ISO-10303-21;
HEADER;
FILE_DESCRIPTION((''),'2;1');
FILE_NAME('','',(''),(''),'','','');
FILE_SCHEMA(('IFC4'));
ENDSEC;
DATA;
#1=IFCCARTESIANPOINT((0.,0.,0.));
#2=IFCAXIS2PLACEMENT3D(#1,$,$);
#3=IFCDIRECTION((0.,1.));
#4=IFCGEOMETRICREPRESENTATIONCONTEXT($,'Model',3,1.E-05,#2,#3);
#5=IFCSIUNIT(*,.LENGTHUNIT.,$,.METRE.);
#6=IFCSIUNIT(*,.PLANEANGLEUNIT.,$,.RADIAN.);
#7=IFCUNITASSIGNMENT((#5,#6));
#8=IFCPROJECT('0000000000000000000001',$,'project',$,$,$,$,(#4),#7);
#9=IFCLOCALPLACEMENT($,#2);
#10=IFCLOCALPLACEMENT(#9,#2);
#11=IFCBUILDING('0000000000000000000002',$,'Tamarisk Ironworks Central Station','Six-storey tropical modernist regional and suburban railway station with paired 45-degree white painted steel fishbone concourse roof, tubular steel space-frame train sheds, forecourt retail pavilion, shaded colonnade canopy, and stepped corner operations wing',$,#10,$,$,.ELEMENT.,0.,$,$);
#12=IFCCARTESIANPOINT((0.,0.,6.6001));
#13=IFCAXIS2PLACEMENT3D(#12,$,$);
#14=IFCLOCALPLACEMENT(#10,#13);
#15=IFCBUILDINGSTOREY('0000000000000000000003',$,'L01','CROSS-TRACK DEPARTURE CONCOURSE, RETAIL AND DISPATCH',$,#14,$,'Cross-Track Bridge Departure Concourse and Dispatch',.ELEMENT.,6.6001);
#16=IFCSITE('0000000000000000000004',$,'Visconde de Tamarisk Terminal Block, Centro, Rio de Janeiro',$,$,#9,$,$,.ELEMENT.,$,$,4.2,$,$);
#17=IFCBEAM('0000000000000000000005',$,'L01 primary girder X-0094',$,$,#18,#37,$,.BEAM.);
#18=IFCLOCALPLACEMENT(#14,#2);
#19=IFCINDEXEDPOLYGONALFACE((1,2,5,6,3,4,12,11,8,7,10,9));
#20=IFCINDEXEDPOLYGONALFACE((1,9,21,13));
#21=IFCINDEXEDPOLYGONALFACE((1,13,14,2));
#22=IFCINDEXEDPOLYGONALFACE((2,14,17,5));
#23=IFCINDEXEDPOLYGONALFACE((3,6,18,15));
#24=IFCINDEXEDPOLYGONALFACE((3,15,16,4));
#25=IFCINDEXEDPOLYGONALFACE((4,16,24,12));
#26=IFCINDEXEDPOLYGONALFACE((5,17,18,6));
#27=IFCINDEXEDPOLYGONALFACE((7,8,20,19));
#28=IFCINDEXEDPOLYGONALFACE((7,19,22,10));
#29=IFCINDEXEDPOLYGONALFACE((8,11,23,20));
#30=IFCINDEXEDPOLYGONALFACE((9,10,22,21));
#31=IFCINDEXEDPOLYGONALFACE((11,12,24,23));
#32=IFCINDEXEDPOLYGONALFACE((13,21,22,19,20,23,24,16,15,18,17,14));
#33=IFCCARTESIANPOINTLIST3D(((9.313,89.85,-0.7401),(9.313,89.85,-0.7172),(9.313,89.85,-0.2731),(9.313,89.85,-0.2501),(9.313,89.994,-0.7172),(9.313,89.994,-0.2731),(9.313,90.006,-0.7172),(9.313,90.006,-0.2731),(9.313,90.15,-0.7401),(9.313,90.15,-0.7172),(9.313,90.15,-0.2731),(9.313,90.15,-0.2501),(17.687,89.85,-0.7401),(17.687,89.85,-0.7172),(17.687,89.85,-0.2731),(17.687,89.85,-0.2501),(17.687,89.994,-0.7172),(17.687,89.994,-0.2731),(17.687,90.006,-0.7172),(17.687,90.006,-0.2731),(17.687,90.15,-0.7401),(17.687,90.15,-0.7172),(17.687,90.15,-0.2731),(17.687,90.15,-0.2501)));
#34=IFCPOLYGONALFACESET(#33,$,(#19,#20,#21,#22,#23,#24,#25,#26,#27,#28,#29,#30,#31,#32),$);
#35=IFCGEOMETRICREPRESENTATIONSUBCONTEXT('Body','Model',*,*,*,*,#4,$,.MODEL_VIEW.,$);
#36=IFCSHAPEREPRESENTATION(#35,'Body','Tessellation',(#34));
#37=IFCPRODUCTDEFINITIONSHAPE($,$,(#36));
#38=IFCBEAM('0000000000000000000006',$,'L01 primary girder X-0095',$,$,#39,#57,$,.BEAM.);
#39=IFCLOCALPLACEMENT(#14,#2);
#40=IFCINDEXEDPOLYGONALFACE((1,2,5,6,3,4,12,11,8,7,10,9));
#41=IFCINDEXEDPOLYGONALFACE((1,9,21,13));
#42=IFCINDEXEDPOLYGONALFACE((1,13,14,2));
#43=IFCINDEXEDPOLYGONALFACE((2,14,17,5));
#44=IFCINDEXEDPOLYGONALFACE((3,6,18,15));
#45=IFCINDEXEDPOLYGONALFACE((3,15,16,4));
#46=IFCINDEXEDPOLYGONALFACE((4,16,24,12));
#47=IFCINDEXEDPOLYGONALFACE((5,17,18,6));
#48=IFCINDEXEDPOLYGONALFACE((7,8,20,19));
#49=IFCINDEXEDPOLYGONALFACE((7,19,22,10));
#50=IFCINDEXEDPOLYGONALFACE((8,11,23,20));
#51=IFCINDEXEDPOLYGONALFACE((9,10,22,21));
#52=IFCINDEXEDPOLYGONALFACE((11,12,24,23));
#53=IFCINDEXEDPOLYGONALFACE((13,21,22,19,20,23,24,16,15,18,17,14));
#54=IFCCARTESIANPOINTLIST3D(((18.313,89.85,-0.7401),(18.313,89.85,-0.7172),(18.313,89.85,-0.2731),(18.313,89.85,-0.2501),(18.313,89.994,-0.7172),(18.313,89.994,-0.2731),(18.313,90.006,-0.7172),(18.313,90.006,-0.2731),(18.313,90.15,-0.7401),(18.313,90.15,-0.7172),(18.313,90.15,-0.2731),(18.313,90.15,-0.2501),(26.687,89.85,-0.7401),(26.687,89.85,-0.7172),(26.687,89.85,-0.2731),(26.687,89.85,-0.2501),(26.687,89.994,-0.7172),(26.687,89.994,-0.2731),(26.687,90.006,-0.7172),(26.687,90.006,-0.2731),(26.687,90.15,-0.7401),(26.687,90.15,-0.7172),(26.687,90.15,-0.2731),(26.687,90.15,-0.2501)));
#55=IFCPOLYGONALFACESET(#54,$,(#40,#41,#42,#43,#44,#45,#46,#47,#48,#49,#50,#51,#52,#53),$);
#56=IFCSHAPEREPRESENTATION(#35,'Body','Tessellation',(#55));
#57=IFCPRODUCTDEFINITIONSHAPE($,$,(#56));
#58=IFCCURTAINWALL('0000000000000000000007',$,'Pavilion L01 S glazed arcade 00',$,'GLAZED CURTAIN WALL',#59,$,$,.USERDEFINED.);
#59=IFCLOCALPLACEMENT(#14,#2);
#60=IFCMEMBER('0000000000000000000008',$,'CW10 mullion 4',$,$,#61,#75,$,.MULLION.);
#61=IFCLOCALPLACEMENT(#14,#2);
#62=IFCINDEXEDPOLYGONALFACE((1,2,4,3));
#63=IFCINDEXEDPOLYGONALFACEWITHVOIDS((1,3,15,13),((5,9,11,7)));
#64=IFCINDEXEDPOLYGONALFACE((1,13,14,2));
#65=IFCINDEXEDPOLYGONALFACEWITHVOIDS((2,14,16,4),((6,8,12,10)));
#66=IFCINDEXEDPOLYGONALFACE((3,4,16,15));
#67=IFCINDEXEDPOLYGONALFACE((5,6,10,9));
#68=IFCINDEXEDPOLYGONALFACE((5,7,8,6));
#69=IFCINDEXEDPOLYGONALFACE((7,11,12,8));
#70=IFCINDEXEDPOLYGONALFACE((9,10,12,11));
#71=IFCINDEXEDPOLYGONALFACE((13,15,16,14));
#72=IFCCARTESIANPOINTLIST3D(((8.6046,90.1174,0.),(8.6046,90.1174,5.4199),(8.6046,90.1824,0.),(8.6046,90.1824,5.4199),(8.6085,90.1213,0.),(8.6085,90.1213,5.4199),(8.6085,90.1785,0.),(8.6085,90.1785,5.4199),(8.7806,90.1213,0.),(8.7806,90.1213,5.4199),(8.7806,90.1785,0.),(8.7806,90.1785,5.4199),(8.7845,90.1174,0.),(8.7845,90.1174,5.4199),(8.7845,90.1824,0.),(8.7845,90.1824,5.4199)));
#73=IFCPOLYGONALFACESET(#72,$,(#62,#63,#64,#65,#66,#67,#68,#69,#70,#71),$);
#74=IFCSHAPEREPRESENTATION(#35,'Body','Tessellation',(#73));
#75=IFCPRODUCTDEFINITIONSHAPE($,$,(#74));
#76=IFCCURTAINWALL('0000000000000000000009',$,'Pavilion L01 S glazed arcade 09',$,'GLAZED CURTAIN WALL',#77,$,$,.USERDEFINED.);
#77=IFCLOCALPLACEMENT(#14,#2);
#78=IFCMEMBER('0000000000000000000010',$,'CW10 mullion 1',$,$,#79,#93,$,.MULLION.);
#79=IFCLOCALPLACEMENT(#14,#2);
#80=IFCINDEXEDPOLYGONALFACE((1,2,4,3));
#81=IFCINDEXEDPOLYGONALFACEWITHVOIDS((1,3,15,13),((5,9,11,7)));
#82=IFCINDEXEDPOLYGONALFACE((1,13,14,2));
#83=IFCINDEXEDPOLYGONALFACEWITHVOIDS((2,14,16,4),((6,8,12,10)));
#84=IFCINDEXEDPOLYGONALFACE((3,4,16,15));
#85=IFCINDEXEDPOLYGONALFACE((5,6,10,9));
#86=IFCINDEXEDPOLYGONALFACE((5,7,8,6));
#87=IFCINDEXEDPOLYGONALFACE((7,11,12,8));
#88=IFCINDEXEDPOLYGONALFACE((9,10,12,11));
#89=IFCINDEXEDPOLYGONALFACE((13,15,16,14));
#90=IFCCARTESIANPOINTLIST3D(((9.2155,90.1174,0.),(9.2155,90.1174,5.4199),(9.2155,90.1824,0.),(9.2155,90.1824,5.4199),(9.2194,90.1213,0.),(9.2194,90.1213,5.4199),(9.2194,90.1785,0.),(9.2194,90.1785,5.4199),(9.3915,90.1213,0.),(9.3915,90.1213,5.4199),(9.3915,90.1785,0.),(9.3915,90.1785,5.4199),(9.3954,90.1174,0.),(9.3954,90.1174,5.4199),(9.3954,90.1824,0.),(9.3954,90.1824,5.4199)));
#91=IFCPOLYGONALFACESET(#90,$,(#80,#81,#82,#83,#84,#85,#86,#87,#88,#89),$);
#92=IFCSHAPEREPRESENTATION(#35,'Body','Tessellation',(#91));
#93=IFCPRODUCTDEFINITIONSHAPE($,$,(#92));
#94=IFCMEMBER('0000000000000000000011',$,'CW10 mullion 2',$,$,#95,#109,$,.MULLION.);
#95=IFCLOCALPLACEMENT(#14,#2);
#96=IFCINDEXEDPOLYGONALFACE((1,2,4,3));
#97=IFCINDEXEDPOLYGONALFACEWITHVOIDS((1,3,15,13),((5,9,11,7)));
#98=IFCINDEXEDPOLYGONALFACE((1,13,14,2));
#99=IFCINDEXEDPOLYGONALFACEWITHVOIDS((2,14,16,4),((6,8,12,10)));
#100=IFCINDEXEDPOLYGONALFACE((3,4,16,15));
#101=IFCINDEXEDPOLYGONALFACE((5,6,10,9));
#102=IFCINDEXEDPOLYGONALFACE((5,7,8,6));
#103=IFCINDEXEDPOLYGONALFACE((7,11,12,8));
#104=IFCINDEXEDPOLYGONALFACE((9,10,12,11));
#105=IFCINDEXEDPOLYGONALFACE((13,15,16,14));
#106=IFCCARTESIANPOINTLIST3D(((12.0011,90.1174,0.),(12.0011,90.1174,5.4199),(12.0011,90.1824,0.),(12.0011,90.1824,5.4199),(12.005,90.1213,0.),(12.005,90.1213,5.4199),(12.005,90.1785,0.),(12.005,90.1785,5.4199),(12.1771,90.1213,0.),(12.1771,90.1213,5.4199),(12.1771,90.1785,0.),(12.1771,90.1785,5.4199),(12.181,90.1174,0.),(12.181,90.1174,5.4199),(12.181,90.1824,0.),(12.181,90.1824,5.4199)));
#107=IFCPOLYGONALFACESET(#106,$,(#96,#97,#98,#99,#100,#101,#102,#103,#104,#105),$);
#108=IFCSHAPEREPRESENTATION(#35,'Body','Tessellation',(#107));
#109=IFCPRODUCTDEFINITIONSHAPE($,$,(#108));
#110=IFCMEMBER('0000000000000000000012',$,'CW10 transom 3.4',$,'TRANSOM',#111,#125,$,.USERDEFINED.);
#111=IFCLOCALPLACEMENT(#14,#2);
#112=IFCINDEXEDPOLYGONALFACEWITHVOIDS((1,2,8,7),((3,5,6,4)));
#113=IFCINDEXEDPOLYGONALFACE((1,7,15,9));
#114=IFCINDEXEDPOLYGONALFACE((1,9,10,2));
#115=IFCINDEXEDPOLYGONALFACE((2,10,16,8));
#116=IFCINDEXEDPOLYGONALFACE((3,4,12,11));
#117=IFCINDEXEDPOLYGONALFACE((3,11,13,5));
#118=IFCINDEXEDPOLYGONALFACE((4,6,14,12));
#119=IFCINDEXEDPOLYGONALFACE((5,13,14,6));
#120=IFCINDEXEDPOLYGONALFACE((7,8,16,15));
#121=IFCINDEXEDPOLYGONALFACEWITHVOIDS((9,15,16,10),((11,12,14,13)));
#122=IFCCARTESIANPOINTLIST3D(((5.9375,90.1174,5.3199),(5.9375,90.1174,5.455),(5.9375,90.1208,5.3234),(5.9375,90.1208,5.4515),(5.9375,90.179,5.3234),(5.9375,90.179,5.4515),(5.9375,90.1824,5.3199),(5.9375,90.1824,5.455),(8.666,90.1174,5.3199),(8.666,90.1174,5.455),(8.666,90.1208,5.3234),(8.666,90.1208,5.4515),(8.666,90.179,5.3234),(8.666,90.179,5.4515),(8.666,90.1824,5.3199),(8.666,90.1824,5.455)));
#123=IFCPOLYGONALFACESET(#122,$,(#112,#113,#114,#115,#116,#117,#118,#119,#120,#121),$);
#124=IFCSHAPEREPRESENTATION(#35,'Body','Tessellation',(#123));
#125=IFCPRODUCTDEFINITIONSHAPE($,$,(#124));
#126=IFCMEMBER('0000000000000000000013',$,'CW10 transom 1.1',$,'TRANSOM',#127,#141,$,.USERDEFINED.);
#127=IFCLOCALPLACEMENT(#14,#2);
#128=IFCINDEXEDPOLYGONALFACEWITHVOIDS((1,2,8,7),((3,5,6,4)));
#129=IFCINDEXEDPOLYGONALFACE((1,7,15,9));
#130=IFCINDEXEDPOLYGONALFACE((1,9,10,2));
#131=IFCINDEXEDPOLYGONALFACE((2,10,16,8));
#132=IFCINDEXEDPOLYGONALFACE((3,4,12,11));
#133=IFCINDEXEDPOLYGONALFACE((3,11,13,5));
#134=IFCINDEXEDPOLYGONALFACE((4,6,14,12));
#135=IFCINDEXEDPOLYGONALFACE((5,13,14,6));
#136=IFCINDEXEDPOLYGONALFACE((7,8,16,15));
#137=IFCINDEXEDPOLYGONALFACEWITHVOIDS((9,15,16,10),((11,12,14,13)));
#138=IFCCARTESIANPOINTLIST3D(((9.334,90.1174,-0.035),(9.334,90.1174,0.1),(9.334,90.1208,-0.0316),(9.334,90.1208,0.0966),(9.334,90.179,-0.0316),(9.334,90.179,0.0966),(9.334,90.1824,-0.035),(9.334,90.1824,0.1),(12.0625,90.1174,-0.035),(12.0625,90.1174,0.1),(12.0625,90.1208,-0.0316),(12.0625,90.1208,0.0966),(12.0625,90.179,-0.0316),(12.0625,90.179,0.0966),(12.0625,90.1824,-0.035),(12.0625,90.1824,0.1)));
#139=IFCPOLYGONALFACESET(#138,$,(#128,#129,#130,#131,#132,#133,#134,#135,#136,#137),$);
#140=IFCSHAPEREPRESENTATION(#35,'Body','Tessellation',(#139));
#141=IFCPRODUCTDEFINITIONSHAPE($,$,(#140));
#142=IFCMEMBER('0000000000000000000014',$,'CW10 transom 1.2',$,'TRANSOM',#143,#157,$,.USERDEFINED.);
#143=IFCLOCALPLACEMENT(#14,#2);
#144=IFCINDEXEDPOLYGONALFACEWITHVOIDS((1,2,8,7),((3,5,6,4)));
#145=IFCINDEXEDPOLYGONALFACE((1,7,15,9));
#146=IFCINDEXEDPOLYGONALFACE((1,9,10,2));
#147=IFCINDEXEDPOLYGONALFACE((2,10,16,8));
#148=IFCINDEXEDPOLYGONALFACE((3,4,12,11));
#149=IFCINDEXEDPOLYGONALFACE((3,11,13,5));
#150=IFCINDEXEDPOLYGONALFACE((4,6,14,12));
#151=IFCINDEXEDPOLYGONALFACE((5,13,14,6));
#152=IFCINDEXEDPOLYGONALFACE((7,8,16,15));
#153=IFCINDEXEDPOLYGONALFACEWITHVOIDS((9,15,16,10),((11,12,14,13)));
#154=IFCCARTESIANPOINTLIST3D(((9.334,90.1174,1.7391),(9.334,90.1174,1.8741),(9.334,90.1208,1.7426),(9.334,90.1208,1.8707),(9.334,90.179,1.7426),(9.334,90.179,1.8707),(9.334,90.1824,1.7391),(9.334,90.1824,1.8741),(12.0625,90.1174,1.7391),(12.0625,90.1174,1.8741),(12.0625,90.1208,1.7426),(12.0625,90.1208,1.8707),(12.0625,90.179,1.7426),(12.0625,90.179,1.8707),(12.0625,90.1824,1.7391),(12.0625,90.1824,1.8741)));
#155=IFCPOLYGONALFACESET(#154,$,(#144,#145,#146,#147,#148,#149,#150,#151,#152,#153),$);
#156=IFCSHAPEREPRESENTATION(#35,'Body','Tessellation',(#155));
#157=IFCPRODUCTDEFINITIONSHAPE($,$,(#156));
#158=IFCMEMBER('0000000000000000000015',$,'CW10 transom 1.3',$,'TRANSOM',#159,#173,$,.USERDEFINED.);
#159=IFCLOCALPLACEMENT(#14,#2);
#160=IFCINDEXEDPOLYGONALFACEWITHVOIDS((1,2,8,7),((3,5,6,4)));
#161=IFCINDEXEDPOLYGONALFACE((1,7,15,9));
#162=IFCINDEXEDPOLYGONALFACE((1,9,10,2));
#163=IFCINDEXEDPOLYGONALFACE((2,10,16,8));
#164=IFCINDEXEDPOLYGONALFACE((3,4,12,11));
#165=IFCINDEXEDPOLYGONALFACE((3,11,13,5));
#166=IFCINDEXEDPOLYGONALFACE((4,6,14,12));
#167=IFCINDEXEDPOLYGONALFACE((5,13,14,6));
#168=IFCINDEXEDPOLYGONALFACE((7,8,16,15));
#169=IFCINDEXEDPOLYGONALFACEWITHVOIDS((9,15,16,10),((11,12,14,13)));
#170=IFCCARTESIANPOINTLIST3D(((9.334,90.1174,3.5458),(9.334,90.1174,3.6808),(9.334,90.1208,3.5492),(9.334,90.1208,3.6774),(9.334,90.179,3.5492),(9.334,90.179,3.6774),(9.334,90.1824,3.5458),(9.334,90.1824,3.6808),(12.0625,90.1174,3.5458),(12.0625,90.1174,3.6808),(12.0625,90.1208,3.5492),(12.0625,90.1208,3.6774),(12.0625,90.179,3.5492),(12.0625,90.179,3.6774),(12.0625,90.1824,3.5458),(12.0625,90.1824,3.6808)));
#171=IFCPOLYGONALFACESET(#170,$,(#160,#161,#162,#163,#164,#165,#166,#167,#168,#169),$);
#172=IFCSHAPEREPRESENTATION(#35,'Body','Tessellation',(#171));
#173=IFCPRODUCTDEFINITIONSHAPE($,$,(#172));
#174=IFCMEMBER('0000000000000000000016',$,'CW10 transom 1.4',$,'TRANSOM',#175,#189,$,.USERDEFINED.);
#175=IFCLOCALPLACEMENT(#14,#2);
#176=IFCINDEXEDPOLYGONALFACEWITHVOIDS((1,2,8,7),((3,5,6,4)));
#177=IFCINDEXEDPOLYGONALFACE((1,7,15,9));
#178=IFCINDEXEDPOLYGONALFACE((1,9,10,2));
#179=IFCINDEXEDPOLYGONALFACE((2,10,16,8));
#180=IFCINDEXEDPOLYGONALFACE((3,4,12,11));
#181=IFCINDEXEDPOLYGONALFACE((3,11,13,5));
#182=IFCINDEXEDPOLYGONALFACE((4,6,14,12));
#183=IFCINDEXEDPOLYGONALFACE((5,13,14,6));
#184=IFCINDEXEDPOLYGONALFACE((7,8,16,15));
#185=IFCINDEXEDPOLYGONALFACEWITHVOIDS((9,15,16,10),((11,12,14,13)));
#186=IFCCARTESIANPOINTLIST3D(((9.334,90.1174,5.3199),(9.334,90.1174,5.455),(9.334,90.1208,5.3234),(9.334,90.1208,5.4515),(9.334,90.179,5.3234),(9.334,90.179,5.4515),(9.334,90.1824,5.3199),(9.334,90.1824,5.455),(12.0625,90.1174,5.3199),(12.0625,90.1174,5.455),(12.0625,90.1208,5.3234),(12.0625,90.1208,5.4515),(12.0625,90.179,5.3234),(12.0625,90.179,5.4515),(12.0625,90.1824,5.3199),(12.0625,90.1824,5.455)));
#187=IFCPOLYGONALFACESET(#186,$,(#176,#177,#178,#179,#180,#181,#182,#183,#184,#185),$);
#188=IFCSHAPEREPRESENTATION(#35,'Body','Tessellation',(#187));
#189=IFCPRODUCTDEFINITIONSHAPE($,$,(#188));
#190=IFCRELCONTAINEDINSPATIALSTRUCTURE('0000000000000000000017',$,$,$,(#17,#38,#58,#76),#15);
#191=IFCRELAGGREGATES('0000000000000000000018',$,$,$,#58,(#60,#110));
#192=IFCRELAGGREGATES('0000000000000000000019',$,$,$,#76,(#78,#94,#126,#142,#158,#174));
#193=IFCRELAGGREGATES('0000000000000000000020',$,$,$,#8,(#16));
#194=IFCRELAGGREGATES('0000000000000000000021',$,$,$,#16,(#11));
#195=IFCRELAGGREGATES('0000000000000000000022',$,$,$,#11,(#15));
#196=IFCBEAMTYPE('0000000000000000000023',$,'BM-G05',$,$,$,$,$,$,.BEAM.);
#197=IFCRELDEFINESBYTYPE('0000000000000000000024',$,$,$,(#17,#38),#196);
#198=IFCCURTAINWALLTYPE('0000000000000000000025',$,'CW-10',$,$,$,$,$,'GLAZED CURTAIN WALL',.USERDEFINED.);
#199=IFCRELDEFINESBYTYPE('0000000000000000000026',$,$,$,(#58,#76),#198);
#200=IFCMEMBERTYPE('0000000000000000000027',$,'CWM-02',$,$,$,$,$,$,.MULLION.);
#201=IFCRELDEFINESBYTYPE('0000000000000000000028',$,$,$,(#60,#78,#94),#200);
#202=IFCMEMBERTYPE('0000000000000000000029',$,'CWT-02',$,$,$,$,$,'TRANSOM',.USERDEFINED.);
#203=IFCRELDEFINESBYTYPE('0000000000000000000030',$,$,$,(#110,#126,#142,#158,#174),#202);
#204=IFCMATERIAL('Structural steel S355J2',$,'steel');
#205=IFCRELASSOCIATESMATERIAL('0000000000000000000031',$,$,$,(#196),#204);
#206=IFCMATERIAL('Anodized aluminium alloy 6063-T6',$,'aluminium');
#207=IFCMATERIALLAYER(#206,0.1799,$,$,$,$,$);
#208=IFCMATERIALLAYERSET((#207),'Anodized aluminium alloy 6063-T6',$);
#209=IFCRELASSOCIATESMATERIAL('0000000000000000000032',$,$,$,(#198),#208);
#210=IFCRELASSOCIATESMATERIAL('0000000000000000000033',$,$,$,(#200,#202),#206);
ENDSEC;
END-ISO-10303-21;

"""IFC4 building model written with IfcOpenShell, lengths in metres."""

from ifc_helpers import new_model, si_unit, direction, frame, origin, origin_2d, place, context, subcontext, project, spatial, hollow_rectangle, i_section, extrude, material, layer, layer_set, material_profile, profile_set, type_object, element, aggregate, save


model = new_model("IFC4")

# Units and contexts
model_context = context("Model", 3, precision=1e-05, world=origin(), true_north=direction((0.0, 1.0)))
body_context = subcontext(model_context, "Body", "Model", "MODEL_VIEW")
ifc_project = project(units=[si_unit("LENGTHUNIT", "METRE"), si_unit("PLANEANGLEUNIT", "RADIAN")], contexts=[model_context])

# Site, building, storey
site_placement = place(None, origin())
site = spatial("IfcSite", under=ifc_project, at=site_placement, Name="Visconde de Tamarisk Terminal Block, Centro, Rio de Janeiro", CompositionType="ELEMENT", RefElevation=4.2)
building_placement = place(site_placement, origin())
building = spatial("IfcBuilding", under=site, at=building_placement, Name="Tamarisk Ironworks Central Station", Description="Six-storey tropical modernist regional and suburban railway station with paired 45-degree white painted steel fishbone concourse roof, tubular steel space-frame train sheds, forecourt retail pavilion, shaded colonnade canopy, and stepped corner operations wing", CompositionType="ELEMENT", ElevationOfRefHeight=0.0)
storey_placement = place(building_placement, frame((0.0, 0.0, 6.6001)))
storey = spatial("IfcBuildingStorey", under=building, at=storey_placement, Name="L01", Description="CROSS-TRACK DEPARTURE CONCOURSE, RETAIL AND DISPATCH", LongName="Cross-Track Bridge Departure Concourse and Dispatch", CompositionType="ELEMENT", Elevation=6.6001)

# Beams
ifc_material_1 = material(Name="Structural steel S355J2", Category="steel")
ifc_material_profile_1 = material_profile(ifc_material_1, i_section(OverallWidth=0.3, OverallDepth=0.49, WebThickness=0.012, FlangeThickness=0.0229, at=origin_2d()), Name="HEA 500")
ifc_profile_set_1 = profile_set([ifc_material_profile_1], Name="Structural steel S355J2")
beam_type = type_object("IfcBeamType", Name="BM-G05", PredefinedType="BEAM", material=ifc_profile_set_1)
for number, where, z_axis, x_axis, name in (
    (1, (9.313, 90.0, -0.4951), (1.0, 0.0, 0.0), (0.0, 1.0, 0.0), "L01 primary girder X-0094"),
    (2, (18.313, 90.0, -0.4951), (1.0, 0.0, 0.0), (0.0, 1.0, 0.0), "L01 primary girder X-0095"),
):
    element("IfcBeam", number, at=place(storey_placement, frame(where, z_axis=z_axis, x_axis=x_axis)), inside=storey, type_object=beam_type, Name=name, PredefinedType="BEAM", context=body_context, shape_type="SweptSolid", body=[
        extrude(i_section(OverallWidth=0.3, OverallDepth=0.49, WebThickness=0.012, FlangeThickness=0.0229, at=origin_2d()), origin(), (0.0, 0.0, 1.0), 8.374),
    ])

# Curtain wall, member
ifc_material_2 = material(Name="Anodized aluminium alloy 6063-T6", Category="aluminium")
ifc_layer_1 = layer(ifc_material_2, 0.1799)
ifc_layer_set_1 = layer_set([ifc_layer_1], Name="Anodized aluminium alloy 6063-T6")
curtain_wall_type = type_object("IfcCurtainWallType", Name="CW-10", ElementType="GLAZED CURTAIN WALL", PredefinedType="USERDEFINED", material=ifc_layer_set_1)
curtain_wall_1_placement = place(storey_placement, origin())
curtain_wall_1 = element("IfcCurtainWall", 3, at=curtain_wall_1_placement, inside=storey, type_object=curtain_wall_type, Name="Pavilion L01 S glazed arcade 00", ObjectType="GLAZED CURTAIN WALL", PredefinedType="USERDEFINED")
ifc_material_profile_2 = material_profile(ifc_material_2, hollow_rectangle(XDim=0.0649, YDim=0.1799, WallThickness=0.0039, at=origin_2d()), Name="ALUM 180x65")
ifc_profile_set_2 = profile_set([ifc_material_profile_2], Name="Anodized aluminium alloy 6063-T6")
member_type_1 = type_object("IfcMemberType", Name="CWM-02", PredefinedType="MULLION", material=ifc_profile_set_2)
member_1_placement = place(storey_placement, frame((8.6946, 90.1499, 0.0), z_axis=(0.0, 0.0, 1.0), x_axis=(0.0, 1.0, 0.0)))
member_1 = element("IfcMember", 4, at=member_1_placement, type_object=member_type_1, Name="CW10 mullion 4", PredefinedType="MULLION", context=body_context, shape_type="SweptSolid", body=[
    extrude(hollow_rectangle(XDim=0.0649, YDim=0.1799, WallThickness=0.0039, at=origin_2d()), origin(), (0.0, 0.0, 1.0), 5.4199),
])

# Curtain wall, members
curtain_wall_2_placement = place(storey_placement, origin())
curtain_wall_2 = element("IfcCurtainWall", 5, at=curtain_wall_2_placement, inside=storey, type_object=curtain_wall_type, Name="Pavilion L01 S glazed arcade 09", ObjectType="GLAZED CURTAIN WALL", PredefinedType="USERDEFINED")
member_2_placement = place(storey_placement, frame((9.3054, 90.1499, 0.0), z_axis=(0.0, 0.0, 1.0), x_axis=(0.0, 1.0, 0.0)))
member_2 = element("IfcMember", 6, at=member_2_placement, type_object=member_type_1, Name="CW10 mullion 1", PredefinedType="MULLION", context=body_context, shape_type="SweptSolid", body=[
    extrude(hollow_rectangle(XDim=0.0649, YDim=0.1799, WallThickness=0.0039, at=origin_2d()), origin(), (0.0, 0.0, 1.0), 5.4199),
])
member_3_placement = place(storey_placement, frame((12.0911, 90.1499, 0.0), z_axis=(0.0, 0.0, 1.0), x_axis=(0.0, 1.0, 0.0)))
member_3 = element("IfcMember", 7, at=member_3_placement, type_object=member_type_1, Name="CW10 mullion 2", PredefinedType="MULLION", context=body_context, shape_type="SweptSolid", body=[
    extrude(hollow_rectangle(XDim=0.0649, YDim=0.1799, WallThickness=0.0039, at=origin_2d()), origin(), (0.0, 0.0, 1.0), 5.4199),
])

# Members
ifc_material_profile_3 = material_profile(ifc_material_2, hollow_rectangle(XDim=0.0649, YDim=0.135, WallThickness=0.0034, at=origin_2d()), Name="ALUM 135x65")
ifc_profile_set_3 = profile_set([ifc_material_profile_3], Name="Anodized aluminium alloy 6063-T6")
member_type_2 = type_object("IfcMemberType", Name="CWT-02", ElementType="TRANSOM", PredefinedType="USERDEFINED", material=ifc_profile_set_3)
member_4_placement = place(storey_placement, frame((5.9375, 90.1499, 5.3875), z_axis=(1.0, 0.0, 0.0), x_axis=(0.0, 1.0, 0.0)))
member_4 = element("IfcMember", 8, at=member_4_placement, type_object=member_type_2, Name="CW10 transom 3.4", ObjectType="TRANSOM", PredefinedType="USERDEFINED", context=body_context, shape_type="SweptSolid", body=[
    extrude(hollow_rectangle(XDim=0.0649, YDim=0.135, WallThickness=0.0034, at=origin_2d()), origin(), (0.0, 0.0, 1.0), 2.7285),
])
member_5_placement = place(storey_placement, frame((9.334, 90.1499, 0.0325), z_axis=(1.0, 0.0, 0.0), x_axis=(0.0, 1.0, 0.0)))
member_5 = element("IfcMember", 9, at=member_5_placement, type_object=member_type_2, Name="CW10 transom 1.1", ObjectType="TRANSOM", PredefinedType="USERDEFINED", context=body_context, shape_type="SweptSolid", body=[
    extrude(hollow_rectangle(XDim=0.0649, YDim=0.135, WallThickness=0.0034, at=origin_2d()), origin(), (0.0, 0.0, 1.0), 2.7285),
])
member_6_placement = place(storey_placement, frame((9.334, 90.1499, 1.8066), z_axis=(1.0, 0.0, 0.0), x_axis=(0.0, 1.0, 0.0)))
member_6 = element("IfcMember", 10, at=member_6_placement, type_object=member_type_2, Name="CW10 transom 1.2", ObjectType="TRANSOM", PredefinedType="USERDEFINED", context=body_context, shape_type="SweptSolid", body=[
    extrude(hollow_rectangle(XDim=0.0649, YDim=0.135, WallThickness=0.0034, at=origin_2d()), origin(), (0.0, 0.0, 1.0), 2.7285),
])
member_7_placement = place(storey_placement, frame((9.334, 90.1499, 3.6133), z_axis=(1.0, 0.0, 0.0), x_axis=(0.0, 1.0, 0.0)))
member_7 = element("IfcMember", 11, at=member_7_placement, type_object=member_type_2, Name="CW10 transom 1.3", ObjectType="TRANSOM", PredefinedType="USERDEFINED", context=body_context, shape_type="SweptSolid", body=[
    extrude(hollow_rectangle(XDim=0.0649, YDim=0.135, WallThickness=0.0034, at=origin_2d()), origin(), (0.0, 0.0, 1.0), 2.7285),
])
member_8_placement = place(storey_placement, frame((9.334, 90.1499, 5.3875), z_axis=(1.0, 0.0, 0.0), x_axis=(0.0, 1.0, 0.0)))
member_8 = element("IfcMember", 12, at=member_8_placement, type_object=member_type_2, Name="CW10 transom 1.4", ObjectType="TRANSOM", PredefinedType="USERDEFINED", context=body_context, shape_type="SweptSolid", body=[
    extrude(hollow_rectangle(XDim=0.0649, YDim=0.135, WallThickness=0.0034, at=origin_2d()), origin(), (0.0, 0.0, 1.0), 2.7285),
])

aggregate(curtain_wall_1, [member_1, member_4])
aggregate(curtain_wall_2, [member_2, member_3, member_5, member_6, member_7, member_8])

save(model, "model.ifc")
